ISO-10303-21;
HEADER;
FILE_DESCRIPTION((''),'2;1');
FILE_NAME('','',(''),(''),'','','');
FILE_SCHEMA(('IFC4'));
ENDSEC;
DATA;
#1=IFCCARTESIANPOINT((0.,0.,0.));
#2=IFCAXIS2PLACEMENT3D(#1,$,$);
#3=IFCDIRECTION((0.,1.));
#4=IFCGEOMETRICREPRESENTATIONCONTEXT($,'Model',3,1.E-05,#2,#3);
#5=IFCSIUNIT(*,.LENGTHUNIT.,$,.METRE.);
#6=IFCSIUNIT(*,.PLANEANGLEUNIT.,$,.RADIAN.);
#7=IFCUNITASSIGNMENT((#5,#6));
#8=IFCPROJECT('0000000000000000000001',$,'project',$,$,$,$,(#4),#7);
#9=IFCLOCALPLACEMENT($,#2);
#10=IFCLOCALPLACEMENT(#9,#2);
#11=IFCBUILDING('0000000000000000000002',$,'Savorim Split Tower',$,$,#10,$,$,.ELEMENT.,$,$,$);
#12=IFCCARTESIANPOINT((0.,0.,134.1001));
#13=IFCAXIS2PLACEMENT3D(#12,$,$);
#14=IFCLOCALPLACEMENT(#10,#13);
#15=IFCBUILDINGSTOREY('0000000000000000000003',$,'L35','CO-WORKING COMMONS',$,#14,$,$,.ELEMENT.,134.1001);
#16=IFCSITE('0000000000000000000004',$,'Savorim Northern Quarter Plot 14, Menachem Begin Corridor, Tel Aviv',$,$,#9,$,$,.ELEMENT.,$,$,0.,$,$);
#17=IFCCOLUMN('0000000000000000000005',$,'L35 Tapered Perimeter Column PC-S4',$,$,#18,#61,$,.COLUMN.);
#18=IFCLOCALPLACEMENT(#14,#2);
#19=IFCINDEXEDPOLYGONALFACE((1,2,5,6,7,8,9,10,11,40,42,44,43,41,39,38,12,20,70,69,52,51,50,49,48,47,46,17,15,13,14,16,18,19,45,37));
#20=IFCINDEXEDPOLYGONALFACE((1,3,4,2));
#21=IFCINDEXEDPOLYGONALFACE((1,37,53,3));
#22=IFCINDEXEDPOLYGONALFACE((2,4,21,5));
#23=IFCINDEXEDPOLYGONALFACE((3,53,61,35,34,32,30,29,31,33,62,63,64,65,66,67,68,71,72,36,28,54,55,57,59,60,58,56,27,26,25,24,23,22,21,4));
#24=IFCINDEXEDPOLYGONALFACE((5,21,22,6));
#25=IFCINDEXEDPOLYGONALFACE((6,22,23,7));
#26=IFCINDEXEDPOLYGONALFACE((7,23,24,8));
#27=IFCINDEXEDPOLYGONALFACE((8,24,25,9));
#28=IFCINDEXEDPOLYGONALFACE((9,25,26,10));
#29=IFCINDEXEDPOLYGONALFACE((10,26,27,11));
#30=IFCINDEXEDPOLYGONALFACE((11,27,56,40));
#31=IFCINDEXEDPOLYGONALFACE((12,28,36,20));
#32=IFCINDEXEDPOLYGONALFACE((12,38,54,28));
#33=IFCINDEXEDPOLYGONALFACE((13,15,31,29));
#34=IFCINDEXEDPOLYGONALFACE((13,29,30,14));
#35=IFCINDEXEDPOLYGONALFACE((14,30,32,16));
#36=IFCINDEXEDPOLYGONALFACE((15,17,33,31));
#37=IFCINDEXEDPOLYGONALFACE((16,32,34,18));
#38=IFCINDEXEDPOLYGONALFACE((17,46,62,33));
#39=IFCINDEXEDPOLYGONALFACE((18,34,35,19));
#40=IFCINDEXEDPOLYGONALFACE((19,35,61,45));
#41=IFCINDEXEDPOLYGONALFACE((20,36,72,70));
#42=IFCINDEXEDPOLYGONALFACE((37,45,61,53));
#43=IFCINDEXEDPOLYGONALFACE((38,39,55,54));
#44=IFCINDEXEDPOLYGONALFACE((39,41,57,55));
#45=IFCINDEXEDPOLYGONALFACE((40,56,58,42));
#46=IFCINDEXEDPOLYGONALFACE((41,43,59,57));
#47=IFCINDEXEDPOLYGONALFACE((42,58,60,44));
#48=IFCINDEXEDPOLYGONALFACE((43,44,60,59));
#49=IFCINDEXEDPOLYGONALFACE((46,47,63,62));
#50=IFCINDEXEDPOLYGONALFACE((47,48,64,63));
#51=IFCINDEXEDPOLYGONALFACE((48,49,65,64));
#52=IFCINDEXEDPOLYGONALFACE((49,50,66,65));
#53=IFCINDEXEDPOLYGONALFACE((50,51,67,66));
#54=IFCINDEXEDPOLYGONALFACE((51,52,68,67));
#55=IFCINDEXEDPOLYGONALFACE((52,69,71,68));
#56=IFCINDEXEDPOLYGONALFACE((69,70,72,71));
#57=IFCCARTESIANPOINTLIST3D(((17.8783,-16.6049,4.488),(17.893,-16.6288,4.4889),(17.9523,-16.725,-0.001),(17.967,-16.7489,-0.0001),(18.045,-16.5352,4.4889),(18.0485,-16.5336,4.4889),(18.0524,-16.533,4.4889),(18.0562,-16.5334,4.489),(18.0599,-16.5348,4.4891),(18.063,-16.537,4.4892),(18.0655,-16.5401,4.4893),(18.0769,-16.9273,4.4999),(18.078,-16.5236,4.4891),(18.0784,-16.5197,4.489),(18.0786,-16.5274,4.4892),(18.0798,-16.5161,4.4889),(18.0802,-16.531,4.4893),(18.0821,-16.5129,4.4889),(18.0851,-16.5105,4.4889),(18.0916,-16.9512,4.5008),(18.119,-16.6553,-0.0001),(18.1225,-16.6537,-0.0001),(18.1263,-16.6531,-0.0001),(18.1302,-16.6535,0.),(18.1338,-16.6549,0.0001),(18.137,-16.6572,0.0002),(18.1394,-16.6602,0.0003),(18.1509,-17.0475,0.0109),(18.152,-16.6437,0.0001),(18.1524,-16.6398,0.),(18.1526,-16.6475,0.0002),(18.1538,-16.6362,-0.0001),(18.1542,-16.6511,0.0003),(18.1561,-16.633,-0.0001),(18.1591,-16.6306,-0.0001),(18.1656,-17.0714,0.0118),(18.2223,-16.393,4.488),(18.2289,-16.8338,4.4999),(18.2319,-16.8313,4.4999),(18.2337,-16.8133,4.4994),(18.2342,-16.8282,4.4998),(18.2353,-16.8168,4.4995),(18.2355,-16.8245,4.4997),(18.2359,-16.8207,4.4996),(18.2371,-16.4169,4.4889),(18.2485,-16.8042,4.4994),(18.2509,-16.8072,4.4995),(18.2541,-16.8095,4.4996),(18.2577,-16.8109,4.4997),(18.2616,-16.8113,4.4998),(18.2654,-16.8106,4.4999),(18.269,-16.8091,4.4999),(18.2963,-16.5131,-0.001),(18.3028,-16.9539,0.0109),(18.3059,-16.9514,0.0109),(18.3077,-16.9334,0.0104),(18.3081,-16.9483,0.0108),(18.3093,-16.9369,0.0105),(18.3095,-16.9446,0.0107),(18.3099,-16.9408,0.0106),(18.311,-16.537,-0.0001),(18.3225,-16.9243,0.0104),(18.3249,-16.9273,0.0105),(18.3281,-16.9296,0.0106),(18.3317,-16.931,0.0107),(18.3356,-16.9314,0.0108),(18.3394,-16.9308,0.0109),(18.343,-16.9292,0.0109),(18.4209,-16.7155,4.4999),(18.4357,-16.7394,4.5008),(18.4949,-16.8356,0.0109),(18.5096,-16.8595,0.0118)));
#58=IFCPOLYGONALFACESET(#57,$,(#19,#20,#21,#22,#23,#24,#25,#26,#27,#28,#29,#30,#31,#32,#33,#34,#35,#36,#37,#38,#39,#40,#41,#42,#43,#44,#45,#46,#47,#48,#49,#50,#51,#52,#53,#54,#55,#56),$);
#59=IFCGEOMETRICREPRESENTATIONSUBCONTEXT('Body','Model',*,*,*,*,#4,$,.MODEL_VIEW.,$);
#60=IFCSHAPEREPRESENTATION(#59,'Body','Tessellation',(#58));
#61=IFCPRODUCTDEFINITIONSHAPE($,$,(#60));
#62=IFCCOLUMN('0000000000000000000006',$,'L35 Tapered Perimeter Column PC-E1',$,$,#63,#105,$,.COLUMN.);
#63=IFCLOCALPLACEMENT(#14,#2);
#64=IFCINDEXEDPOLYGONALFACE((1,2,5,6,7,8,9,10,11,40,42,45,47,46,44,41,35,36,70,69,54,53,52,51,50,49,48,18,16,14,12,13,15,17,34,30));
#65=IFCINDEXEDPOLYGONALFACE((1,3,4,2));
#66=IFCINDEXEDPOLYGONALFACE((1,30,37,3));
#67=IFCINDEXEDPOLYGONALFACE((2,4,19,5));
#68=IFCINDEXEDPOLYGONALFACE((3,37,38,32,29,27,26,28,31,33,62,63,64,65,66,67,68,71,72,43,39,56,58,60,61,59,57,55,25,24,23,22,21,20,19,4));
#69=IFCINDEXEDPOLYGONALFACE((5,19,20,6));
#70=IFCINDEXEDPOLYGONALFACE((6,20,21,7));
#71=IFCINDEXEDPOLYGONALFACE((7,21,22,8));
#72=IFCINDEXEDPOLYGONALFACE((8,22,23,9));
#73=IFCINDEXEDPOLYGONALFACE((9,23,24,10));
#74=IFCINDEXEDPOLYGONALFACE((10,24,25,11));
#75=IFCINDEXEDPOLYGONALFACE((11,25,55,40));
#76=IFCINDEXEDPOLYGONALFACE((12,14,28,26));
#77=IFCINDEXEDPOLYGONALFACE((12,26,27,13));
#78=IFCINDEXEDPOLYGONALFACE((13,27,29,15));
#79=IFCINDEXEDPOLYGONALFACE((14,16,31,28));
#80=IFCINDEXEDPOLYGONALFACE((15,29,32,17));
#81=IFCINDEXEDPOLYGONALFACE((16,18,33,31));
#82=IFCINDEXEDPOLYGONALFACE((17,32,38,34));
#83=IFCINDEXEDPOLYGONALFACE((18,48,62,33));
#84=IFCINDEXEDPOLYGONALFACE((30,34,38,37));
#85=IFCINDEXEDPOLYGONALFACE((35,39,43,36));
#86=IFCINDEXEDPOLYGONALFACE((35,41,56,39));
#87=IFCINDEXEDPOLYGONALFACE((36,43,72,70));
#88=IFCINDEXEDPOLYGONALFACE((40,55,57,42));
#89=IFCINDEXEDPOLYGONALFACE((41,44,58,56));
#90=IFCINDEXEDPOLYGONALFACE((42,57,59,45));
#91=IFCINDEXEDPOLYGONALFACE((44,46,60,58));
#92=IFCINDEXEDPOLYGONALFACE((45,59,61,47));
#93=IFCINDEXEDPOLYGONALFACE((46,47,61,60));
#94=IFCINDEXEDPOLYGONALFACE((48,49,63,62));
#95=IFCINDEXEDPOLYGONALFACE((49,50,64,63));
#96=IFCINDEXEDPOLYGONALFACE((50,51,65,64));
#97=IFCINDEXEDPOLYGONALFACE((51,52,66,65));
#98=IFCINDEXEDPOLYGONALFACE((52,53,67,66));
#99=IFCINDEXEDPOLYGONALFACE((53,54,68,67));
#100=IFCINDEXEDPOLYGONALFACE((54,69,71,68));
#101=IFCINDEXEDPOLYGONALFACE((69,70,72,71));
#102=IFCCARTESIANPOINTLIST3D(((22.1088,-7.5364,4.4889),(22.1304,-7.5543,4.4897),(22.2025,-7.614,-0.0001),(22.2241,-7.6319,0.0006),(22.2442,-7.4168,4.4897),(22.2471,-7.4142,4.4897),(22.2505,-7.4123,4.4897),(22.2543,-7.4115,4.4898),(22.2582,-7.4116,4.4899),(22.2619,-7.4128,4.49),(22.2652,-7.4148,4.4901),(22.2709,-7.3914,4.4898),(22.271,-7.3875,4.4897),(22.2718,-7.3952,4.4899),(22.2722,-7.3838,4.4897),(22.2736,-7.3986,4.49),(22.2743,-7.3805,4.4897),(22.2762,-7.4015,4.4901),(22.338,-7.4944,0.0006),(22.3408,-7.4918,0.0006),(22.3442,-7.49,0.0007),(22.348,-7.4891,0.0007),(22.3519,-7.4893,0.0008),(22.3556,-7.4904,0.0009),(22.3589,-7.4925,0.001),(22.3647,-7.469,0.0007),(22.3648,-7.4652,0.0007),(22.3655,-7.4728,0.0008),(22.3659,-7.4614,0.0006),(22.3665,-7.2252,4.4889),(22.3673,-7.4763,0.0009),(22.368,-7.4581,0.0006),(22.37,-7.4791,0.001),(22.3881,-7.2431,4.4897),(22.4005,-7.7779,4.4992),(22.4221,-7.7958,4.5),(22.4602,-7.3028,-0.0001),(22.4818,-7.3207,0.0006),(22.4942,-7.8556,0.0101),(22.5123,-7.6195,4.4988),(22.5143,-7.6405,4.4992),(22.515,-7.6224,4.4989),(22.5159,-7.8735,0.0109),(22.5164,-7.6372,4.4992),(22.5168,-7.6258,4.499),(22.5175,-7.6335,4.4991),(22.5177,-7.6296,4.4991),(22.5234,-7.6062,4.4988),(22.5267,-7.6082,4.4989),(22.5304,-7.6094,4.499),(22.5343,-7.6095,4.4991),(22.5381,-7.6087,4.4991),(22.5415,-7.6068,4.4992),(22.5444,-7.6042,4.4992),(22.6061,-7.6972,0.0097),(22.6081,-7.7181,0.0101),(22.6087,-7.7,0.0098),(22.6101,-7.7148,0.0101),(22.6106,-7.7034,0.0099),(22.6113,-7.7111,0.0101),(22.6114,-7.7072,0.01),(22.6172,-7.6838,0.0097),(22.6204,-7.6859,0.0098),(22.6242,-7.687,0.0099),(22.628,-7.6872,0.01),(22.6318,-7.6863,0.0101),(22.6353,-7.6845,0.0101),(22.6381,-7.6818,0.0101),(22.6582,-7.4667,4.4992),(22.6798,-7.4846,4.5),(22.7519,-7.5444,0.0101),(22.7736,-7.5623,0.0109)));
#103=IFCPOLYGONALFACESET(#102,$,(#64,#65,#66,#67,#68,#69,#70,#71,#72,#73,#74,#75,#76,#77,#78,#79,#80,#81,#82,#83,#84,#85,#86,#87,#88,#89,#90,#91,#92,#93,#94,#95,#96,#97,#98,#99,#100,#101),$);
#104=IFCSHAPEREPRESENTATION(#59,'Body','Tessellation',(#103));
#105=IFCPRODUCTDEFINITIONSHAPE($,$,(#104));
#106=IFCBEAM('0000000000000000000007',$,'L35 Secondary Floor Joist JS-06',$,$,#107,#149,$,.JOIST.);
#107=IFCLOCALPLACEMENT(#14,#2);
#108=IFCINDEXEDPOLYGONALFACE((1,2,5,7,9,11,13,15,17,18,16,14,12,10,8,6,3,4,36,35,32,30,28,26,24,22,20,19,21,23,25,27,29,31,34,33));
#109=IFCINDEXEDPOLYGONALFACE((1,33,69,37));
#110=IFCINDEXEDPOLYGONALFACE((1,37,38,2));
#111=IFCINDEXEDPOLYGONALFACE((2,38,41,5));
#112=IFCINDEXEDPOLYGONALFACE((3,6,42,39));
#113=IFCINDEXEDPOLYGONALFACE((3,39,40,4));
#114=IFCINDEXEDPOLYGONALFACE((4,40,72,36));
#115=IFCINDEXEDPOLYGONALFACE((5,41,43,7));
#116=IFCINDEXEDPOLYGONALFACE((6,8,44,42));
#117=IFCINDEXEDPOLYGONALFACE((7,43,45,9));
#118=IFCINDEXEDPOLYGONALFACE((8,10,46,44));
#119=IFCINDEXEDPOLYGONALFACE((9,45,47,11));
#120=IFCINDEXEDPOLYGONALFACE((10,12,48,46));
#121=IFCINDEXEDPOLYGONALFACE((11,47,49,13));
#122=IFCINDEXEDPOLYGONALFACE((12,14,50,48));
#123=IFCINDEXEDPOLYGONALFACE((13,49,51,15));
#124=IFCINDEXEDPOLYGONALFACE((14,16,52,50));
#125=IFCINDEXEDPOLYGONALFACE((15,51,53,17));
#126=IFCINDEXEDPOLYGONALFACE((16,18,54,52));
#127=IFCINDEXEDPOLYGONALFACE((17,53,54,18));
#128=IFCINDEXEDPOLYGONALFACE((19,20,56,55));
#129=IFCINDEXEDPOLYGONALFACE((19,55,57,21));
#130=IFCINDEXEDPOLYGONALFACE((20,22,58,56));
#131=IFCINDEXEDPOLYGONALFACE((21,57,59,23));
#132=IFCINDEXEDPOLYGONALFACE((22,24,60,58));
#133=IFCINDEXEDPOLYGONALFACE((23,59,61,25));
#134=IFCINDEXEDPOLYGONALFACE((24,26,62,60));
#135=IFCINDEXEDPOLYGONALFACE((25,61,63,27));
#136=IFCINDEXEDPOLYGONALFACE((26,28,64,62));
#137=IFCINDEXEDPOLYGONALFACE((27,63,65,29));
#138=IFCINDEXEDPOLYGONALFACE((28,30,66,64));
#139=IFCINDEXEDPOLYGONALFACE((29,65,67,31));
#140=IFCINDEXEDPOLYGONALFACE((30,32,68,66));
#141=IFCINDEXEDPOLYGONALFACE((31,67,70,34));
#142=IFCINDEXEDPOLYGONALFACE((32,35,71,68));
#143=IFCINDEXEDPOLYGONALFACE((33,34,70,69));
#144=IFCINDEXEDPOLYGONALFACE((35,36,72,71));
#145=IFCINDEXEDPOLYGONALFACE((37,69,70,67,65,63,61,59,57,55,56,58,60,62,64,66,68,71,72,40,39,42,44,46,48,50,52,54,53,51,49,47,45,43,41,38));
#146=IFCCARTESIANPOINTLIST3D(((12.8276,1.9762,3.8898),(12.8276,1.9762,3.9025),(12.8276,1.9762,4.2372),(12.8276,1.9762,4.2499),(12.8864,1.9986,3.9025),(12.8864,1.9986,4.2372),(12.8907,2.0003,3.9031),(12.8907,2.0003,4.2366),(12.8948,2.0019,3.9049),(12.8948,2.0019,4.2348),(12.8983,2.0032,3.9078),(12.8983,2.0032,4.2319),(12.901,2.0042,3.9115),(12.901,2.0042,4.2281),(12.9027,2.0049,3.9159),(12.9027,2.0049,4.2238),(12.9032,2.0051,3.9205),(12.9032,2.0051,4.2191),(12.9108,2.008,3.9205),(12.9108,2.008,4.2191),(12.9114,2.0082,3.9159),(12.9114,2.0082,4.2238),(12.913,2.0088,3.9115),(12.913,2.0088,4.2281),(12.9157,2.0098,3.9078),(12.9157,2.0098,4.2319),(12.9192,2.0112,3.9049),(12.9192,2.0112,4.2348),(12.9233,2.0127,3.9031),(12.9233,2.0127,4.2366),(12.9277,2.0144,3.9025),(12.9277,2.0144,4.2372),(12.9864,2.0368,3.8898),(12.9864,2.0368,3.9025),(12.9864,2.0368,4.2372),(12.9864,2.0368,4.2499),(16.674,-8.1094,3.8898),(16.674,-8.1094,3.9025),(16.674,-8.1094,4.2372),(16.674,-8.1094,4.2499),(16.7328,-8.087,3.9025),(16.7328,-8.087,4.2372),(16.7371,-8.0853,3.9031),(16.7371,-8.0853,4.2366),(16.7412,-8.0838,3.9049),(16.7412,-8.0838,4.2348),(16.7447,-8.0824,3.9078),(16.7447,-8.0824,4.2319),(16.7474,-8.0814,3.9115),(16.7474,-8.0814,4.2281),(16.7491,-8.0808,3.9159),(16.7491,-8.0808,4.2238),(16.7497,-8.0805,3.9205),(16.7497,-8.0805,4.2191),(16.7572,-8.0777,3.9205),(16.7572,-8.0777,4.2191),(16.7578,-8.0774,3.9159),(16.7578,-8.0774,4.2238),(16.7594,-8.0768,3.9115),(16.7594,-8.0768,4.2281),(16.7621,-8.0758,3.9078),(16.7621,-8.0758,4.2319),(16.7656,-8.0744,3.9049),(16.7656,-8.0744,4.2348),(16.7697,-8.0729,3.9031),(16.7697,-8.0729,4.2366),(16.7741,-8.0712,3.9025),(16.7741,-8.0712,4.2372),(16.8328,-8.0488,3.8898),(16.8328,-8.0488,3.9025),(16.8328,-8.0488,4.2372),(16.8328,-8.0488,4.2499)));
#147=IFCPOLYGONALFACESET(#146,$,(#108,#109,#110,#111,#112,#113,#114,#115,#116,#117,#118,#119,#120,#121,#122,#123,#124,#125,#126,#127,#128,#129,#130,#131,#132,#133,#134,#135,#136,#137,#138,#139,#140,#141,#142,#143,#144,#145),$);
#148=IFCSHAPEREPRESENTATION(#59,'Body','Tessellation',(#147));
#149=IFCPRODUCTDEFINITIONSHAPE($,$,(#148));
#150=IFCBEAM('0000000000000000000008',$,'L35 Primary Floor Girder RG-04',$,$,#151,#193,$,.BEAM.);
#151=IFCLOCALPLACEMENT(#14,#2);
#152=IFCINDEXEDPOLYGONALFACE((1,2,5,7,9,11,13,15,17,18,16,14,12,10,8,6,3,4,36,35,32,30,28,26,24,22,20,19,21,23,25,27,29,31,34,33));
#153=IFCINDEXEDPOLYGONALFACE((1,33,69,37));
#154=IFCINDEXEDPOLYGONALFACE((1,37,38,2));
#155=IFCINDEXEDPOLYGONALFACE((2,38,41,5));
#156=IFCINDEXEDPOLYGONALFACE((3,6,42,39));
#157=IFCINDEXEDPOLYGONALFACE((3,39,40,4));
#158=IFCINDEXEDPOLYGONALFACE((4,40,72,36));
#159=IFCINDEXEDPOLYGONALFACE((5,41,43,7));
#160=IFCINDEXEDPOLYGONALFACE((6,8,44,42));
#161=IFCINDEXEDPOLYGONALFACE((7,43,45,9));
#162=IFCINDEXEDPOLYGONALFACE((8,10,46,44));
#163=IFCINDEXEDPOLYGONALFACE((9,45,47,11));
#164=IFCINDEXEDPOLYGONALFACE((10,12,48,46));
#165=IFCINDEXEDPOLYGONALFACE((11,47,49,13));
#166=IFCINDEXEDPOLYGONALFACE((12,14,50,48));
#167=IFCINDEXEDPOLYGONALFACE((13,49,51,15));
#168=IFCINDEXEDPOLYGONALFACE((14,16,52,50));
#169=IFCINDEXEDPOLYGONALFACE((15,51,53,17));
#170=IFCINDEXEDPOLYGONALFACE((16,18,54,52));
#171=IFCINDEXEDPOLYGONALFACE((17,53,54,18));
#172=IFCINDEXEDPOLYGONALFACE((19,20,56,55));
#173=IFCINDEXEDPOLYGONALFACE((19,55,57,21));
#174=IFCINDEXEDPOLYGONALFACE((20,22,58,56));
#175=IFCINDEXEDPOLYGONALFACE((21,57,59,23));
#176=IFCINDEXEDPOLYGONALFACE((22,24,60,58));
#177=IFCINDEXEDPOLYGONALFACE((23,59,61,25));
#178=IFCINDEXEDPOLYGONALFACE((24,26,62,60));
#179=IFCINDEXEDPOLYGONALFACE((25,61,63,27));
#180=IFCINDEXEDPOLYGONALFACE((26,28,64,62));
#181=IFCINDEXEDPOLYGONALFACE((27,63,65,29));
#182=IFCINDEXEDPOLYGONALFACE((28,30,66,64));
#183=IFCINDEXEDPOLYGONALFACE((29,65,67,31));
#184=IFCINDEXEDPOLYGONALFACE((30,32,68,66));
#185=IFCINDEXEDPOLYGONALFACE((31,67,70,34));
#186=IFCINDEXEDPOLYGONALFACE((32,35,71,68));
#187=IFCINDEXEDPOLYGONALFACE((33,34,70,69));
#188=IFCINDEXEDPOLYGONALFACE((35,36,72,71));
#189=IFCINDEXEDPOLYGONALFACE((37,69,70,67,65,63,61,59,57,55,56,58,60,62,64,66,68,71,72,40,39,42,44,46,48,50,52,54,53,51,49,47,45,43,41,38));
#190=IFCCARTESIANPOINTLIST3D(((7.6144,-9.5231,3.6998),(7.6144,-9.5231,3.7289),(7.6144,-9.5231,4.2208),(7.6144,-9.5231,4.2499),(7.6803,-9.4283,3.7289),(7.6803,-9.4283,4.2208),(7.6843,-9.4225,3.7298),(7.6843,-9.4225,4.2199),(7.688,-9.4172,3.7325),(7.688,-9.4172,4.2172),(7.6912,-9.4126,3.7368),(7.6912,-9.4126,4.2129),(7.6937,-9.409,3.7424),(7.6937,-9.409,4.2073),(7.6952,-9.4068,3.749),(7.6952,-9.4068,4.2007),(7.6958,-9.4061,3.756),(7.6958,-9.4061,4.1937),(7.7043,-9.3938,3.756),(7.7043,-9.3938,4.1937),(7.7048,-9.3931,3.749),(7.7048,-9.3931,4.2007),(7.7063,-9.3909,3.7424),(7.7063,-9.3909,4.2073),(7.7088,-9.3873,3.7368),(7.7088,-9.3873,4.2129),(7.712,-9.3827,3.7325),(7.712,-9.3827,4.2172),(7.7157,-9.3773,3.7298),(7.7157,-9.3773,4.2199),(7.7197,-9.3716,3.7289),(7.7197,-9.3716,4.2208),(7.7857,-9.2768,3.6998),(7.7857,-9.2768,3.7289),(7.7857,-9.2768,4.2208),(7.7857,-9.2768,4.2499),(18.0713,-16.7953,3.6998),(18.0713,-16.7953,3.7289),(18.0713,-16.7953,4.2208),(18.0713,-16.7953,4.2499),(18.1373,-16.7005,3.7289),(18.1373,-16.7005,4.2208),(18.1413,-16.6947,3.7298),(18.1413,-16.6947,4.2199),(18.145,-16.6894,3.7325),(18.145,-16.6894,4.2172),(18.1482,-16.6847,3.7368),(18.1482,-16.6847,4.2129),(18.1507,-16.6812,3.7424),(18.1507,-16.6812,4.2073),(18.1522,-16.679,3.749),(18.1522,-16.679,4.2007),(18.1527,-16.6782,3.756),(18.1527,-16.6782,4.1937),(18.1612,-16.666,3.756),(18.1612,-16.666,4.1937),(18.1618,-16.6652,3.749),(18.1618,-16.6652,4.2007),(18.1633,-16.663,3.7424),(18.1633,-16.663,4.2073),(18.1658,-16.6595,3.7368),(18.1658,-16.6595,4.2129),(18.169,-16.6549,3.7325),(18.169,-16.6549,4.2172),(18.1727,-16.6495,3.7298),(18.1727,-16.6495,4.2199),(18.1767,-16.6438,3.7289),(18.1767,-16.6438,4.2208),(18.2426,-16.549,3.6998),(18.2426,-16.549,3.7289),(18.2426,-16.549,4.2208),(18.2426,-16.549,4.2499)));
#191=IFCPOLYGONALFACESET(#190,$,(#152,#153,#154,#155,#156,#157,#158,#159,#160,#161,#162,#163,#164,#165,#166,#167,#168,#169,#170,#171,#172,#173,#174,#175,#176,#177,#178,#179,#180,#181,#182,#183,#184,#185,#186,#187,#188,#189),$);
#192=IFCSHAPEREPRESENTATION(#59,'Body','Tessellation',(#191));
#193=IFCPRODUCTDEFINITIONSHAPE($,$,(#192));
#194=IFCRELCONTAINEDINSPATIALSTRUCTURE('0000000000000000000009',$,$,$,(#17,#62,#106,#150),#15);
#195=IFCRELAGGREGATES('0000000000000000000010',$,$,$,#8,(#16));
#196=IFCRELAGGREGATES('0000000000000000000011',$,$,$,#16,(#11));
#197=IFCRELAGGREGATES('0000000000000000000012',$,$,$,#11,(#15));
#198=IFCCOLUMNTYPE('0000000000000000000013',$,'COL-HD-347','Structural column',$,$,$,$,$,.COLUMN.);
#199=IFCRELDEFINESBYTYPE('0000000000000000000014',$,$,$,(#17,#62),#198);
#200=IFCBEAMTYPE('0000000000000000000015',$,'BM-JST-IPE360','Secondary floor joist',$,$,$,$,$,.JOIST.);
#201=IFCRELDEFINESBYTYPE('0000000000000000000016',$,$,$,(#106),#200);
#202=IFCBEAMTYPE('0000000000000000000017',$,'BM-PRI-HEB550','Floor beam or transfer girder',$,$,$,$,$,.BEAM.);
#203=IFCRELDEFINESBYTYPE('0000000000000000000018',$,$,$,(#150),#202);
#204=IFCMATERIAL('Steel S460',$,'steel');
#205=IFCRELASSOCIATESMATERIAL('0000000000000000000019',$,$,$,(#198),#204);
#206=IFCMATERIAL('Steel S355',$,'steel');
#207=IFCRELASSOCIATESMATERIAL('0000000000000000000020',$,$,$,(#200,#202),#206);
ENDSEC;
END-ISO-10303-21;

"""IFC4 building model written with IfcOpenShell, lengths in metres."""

from ifc_helpers import new_model, si_unit, direction, frame, origin, origin_2d, place, context, subcontext, project, spatial, i_section, extrude, material, material_profile, profile_set, type_object, element, save


model = new_model("IFC4")

# Units and contexts
model_context = context("Model", 3, precision=1e-05, world=origin(), true_north=direction((0.0, 1.0)))
body_context = subcontext(model_context, "Body", "Model", "MODEL_VIEW")
ifc_project = project(units=[si_unit("LENGTHUNIT", "METRE"), si_unit("PLANEANGLEUNIT", "RADIAN")], contexts=[model_context])

# Site, building, storey
site_placement = place(None, origin())
site = spatial("IfcSite", under=ifc_project, at=site_placement, Name="Savorim Northern Quarter Plot 14, Menachem Begin Corridor, Tel Aviv", CompositionType="ELEMENT", RefElevation=0.0)
building_placement = place(site_placement, origin())
building = spatial("IfcBuilding", under=site, at=building_placement, Name="Savorim Split Tower", CompositionType="ELEMENT")
storey_placement = place(building_placement, frame((0.0, 0.0, 134.1001)))
storey = spatial("IfcBuildingStorey", under=building, at=storey_placement, Name="L35", Description="CO-WORKING COMMONS", CompositionType="ELEMENT", Elevation=134.1001)

# Columns
ifc_material_1 = material(Name="Steel S460", Category="steel")
ifc_material_profile_1 = material_profile(ifc_material_1, i_section(OverallWidth=0.4041, OverallDepth=0.407, WebThickness=0.0173, FlangeThickness=0.0281, FilletRadius=0.0149, at=origin_2d()), Name="HD 400x347")
ifc_profile_set_1 = profile_set([ifc_material_profile_1], Name="Steel S460")
column_type = type_object("IfcColumnType", Name="COL-HD-347", Description="Structural column", PredefinedType="COLUMN", material=ifc_profile_set_1)
column_1_placement = place(storey_placement, frame((18.231, -16.7922, 0.0054), z_axis=(-0.016471, 0.026745, 0.999507), x_axis=(-0.85148, -0.524387, 0.0)))
element("IfcColumn", 1, at=column_1_placement, inside=storey, type_object=column_type, Name="L35 Tapered Perimeter Column PC-S4", PredefinedType="COLUMN", context=body_context, shape_type="SweptSolid", body=[
    extrude(i_section(OverallWidth=0.4041, OverallDepth=0.407, WebThickness=0.0173, FlangeThickness=0.0281, FilletRadius=0.0149, at=origin_2d()), origin(), (0.0, 0.0, 1.0), 4.4912),
])
column_2_placement = place(storey_placement, frame((22.488, -7.5881, 0.0054), z_axis=(-0.020877, 0.017288, 0.999633), x_axis=(-0.637814, -0.77019, 0.0)))
element("IfcColumn", 2, at=column_2_placement, inside=storey, type_object=column_type, Name="L35 Tapered Perimeter Column PC-E1", PredefinedType="COLUMN", context=body_context, shape_type="SweptSolid", body=[
    extrude(i_section(OverallWidth=0.4041, OverallDepth=0.407, WebThickness=0.0173, FlangeThickness=0.0281, FilletRadius=0.0149, at=origin_2d()), origin(), (0.0, 0.0, 1.0), 4.4907),
])

# Beams
ifc_material_2 = material(Name="Steel S355", Category="steel")
ifc_material_profile_2 = material_profile(ifc_material_2, i_section(OverallWidth=0.1699, OverallDepth=0.3601, WebThickness=0.0081, FlangeThickness=0.0127, FilletRadius=0.0181, at=origin_2d()), Name="IPE 360")
ifc_profile_set_2 = profile_set([ifc_material_profile_2], Name="Steel S355")
beam_type_1 = type_object("IfcBeamType", Name="BM-JST-IPE360", Description="Secondary floor joist", PredefinedType="JOIST", material=ifc_profile_set_2)
beam_1_placement = place(storey_placement, frame((16.7534, -8.0791, 4.0698), z_axis=(-0.35634, 0.934356, 0.0), x_axis=(-0.934356, -0.35634, 0.0)))
element("IfcBeam", 3, at=beam_1_placement, inside=storey, type_object=beam_type_1, Name="L35 Secondary Floor Joist JS-06", PredefinedType="JOIST", context=body_context, shape_type="SweptSolid", body=[
    extrude(i_section(OverallWidth=0.1699, OverallDepth=0.3601, WebThickness=0.0081, FlangeThickness=0.0127, FilletRadius=0.0181, at=origin_2d()), origin(), (0.0, 0.0, 1.0), 10.7942),
])
ifc_material_profile_3 = material_profile(ifc_material_2, i_section(OverallWidth=0.3, OverallDepth=0.55, WebThickness=0.0149, FlangeThickness=0.0291, FilletRadius=0.0271, at=origin_2d()), Name="HEB 550")
ifc_profile_set_3 = profile_set([ifc_material_profile_3], Name="Steel S355")
beam_type_2 = type_object("IfcBeamType", Name="BM-PRI-HEB550", Description="Floor beam or transfer girder", PredefinedType="BEAM", material=ifc_profile_set_3)
beam_2_placement = place(storey_placement, frame((18.157, -16.6721, 3.9749), z_axis=(-0.820988, 0.570946, 0.0), x_axis=(-0.570946, -0.820988, 0.0)))
element("IfcBeam", 4, at=beam_2_placement, inside=storey, type_object=beam_type_2, Name="L35 Primary Floor Girder RG-04", PredefinedType="BEAM", context=body_context, shape_type="SweptSolid", body=[
    extrude(i_section(OverallWidth=0.3, OverallDepth=0.55, WebThickness=0.0149, FlangeThickness=0.0291, FilletRadius=0.0271, at=origin_2d()), origin(), (0.0, 0.0, 1.0), 12.7371),
])

save(model, "model.ifc")
